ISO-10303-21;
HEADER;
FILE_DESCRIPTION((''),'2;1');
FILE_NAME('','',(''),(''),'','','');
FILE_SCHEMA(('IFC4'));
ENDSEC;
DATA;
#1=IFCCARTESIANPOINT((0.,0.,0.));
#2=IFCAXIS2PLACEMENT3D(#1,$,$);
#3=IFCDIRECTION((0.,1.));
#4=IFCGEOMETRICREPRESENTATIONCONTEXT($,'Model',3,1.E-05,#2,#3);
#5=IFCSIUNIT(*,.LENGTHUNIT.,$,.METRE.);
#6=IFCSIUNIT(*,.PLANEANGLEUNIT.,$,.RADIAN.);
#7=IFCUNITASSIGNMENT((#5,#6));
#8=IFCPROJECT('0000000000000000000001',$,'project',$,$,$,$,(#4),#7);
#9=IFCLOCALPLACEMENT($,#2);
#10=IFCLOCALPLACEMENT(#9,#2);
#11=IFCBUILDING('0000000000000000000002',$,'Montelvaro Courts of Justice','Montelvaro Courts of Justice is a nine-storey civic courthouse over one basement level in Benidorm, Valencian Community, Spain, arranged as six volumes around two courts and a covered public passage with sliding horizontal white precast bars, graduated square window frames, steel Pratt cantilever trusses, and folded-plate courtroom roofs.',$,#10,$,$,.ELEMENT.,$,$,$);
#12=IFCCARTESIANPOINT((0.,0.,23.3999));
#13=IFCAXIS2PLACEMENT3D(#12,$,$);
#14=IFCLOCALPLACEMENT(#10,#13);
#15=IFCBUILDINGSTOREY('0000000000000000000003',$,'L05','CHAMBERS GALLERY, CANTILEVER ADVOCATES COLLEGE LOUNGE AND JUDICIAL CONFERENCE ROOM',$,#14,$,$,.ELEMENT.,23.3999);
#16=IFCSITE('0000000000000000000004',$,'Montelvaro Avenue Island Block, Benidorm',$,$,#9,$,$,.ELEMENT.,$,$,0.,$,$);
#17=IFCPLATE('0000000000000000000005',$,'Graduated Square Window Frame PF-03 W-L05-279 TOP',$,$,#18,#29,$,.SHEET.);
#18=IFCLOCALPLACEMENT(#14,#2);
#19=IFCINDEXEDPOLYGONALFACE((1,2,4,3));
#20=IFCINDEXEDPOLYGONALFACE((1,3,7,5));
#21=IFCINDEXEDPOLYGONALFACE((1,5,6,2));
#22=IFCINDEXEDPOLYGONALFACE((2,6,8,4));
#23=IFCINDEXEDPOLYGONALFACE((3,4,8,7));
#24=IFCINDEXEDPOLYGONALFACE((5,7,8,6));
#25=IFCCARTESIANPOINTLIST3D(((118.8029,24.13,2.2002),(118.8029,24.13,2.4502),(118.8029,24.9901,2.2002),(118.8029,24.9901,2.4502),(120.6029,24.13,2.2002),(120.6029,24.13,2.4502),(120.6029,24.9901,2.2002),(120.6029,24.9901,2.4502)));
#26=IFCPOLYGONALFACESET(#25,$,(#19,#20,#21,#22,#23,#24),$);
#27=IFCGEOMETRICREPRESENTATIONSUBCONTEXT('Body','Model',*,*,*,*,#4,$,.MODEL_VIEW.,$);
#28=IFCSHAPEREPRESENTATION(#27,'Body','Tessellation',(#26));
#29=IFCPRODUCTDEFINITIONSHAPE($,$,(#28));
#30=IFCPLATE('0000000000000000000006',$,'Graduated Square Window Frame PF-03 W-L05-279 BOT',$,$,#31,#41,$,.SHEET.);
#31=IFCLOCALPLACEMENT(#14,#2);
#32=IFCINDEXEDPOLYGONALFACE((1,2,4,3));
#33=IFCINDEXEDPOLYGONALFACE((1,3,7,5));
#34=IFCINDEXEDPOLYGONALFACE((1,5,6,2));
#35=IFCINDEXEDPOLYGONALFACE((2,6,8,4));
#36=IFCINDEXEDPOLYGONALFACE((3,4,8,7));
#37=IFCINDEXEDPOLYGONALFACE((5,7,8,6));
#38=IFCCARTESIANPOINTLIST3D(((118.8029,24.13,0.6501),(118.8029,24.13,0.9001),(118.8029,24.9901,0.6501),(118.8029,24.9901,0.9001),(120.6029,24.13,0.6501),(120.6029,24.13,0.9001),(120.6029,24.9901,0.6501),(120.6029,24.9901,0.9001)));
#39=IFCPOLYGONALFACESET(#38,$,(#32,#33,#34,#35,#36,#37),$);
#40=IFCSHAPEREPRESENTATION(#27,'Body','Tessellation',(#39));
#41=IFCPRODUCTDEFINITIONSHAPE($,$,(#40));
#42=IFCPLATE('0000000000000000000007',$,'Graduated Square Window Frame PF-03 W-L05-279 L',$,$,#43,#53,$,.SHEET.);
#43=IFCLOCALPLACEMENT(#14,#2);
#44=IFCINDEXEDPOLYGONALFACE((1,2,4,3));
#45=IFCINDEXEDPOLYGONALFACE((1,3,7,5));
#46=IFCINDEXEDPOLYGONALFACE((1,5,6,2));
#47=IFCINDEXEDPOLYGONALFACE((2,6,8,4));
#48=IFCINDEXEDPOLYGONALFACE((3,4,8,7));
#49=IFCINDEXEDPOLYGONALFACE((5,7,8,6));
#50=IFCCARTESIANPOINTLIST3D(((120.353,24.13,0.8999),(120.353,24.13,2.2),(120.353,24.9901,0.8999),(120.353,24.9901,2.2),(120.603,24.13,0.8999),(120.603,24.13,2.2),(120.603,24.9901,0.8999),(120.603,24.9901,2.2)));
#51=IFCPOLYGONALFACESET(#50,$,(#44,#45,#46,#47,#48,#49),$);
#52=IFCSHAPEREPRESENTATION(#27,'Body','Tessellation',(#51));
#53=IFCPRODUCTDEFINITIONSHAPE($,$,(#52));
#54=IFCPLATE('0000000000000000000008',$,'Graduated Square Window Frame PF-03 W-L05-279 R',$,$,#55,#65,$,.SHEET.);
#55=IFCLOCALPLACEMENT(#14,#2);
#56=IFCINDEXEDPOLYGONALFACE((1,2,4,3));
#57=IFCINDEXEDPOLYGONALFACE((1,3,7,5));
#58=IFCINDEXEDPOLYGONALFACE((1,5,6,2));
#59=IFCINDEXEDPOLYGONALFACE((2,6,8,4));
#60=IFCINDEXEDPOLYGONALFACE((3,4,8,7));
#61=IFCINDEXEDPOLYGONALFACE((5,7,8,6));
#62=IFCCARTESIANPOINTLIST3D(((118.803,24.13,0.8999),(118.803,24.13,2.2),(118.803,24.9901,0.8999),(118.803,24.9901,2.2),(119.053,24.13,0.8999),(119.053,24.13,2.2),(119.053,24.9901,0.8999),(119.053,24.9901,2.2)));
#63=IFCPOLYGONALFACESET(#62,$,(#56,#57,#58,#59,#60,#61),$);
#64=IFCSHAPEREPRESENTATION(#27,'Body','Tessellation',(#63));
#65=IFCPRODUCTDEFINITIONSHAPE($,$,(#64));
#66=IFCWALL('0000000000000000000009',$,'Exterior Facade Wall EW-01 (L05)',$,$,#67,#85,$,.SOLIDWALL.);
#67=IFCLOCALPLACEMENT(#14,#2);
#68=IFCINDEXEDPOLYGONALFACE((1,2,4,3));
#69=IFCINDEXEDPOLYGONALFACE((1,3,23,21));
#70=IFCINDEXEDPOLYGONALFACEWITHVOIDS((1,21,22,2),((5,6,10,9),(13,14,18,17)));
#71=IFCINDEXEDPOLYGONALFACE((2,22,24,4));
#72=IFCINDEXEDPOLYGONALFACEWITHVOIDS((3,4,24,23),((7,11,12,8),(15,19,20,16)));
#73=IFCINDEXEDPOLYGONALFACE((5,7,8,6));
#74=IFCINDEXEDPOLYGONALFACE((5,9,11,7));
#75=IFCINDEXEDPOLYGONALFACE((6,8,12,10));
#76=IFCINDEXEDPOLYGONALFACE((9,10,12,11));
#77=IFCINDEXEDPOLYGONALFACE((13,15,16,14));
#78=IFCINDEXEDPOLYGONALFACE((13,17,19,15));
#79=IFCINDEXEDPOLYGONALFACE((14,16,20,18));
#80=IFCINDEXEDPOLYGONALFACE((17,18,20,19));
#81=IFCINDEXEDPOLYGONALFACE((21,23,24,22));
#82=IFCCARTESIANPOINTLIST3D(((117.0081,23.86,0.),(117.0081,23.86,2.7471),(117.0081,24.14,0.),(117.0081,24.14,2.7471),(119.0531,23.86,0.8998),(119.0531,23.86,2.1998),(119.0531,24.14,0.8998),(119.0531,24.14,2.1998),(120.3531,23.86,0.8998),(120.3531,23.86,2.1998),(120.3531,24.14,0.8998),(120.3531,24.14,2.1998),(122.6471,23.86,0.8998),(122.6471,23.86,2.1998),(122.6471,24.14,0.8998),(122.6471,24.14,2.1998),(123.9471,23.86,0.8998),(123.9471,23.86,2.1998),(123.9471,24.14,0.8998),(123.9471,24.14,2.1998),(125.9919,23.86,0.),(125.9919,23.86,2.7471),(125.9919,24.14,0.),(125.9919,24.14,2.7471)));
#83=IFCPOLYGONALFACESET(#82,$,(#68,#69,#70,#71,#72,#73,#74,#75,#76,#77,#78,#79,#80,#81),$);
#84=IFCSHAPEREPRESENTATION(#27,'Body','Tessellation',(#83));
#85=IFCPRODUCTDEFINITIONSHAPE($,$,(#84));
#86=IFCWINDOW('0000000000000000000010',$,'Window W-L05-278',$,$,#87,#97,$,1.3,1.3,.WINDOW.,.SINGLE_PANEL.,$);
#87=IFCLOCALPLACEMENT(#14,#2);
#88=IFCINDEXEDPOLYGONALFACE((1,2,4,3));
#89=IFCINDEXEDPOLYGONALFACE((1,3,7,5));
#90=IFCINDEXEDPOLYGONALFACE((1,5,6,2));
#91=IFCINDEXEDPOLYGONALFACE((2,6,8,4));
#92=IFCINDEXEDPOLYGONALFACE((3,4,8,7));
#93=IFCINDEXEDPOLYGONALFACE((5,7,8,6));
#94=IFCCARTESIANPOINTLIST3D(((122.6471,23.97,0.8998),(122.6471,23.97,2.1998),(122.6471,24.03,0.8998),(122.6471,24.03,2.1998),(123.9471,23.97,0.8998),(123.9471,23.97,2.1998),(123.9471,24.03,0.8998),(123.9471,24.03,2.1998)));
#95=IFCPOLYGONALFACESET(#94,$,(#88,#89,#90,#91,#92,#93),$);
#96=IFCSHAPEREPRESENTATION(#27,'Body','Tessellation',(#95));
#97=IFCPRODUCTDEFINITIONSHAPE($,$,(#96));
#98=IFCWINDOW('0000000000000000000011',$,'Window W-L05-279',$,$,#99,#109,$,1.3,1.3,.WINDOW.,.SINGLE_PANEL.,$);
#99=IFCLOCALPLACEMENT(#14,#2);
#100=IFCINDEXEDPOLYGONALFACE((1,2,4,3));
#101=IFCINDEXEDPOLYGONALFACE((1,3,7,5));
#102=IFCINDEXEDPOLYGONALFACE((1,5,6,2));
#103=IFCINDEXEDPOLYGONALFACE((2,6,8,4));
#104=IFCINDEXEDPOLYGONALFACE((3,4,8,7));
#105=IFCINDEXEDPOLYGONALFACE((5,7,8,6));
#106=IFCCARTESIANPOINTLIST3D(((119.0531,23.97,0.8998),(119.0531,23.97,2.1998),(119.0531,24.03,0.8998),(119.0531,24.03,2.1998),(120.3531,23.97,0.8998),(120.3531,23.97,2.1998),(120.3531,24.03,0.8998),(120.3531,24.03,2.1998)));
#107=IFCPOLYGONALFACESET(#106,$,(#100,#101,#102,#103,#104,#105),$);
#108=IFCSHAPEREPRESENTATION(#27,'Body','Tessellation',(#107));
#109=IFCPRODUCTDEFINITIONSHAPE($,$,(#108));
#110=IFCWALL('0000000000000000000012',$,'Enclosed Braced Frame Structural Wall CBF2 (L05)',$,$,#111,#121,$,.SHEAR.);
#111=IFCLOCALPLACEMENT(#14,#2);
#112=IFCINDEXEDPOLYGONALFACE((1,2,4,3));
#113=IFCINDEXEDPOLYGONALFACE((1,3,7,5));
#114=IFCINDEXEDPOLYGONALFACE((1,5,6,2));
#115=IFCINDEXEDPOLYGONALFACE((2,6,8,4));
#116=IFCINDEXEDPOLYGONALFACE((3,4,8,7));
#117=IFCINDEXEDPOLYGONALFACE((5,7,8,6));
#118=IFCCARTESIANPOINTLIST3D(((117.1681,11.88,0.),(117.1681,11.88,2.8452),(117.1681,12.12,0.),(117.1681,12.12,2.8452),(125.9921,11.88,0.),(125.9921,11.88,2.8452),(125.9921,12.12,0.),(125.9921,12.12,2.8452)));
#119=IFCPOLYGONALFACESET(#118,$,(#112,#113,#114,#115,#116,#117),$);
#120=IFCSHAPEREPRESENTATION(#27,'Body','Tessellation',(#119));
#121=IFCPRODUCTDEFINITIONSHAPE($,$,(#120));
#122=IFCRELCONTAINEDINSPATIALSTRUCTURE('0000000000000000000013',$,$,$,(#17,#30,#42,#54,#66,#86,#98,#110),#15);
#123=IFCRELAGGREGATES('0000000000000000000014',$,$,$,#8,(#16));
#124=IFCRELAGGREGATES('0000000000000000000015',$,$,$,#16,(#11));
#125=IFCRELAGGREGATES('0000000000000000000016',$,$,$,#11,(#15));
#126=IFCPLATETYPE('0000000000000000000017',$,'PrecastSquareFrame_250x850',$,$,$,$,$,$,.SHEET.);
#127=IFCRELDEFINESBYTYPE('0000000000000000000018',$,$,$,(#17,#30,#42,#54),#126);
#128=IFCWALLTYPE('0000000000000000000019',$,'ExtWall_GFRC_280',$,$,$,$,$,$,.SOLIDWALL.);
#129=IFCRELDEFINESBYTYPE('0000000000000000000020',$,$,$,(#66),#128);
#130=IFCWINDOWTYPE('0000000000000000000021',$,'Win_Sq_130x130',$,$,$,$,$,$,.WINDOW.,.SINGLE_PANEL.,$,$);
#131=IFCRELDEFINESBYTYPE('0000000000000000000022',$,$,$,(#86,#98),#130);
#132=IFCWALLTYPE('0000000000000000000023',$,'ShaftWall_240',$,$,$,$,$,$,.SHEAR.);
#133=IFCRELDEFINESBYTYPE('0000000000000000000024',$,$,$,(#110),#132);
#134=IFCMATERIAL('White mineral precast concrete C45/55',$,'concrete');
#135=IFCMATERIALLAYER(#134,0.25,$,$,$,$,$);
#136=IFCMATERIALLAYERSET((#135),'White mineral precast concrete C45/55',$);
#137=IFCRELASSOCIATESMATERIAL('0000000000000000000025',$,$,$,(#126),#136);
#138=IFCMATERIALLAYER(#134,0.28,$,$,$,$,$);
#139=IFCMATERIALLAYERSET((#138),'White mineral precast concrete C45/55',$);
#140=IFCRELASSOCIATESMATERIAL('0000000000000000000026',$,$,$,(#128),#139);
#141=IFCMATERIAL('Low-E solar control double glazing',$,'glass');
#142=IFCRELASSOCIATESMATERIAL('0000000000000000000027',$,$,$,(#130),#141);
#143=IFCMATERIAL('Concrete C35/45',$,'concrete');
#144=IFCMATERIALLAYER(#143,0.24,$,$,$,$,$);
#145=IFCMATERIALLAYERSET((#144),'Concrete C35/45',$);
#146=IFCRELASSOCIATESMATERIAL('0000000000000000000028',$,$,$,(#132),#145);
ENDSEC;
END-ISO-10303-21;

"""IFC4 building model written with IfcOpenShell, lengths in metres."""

from ifc_helpers import new_model, si_unit, direction, frame, frame_2d, origin, origin_2d, place, context, subcontext, project, spatial, rectangle, extrude, material, layer, layer_set, type_object, element, fill, save


model = new_model("IFC4")

# Units and contexts
model_context = context("Model", 3, precision=1e-05, world=origin(), true_north=direction((0.0, 1.0)))
body_context = subcontext(model_context, "Body", "Model", "MODEL_VIEW")
ifc_project = project(units=[si_unit("LENGTHUNIT", "METRE"), si_unit("PLANEANGLEUNIT", "RADIAN")], contexts=[model_context])

# Site, building, storey
site_placement = place(None, origin())
site = spatial("IfcSite", under=ifc_project, at=site_placement, Name="Montelvaro Avenue Island Block, Benidorm", CompositionType="ELEMENT", RefElevation=0.0)
building_placement = place(site_placement, origin())
building = spatial("IfcBuilding", under=site, at=building_placement, Name="Montelvaro Courts of Justice", Description="Montelvaro Courts of Justice is a nine-storey civic courthouse over one basement level in Benidorm, Valencian Community, Spain, arranged as six volumes around two courts and a covered public passage with sliding horizontal white precast bars, graduated square window frames, steel Pratt cantilever trusses, and folded-plate courtroom roofs.", CompositionType="ELEMENT")
storey_placement = place(building_placement, frame((0.0, 0.0, 23.3999)))
storey = spatial("IfcBuildingStorey", under=building, at=storey_placement, Name="L05", Description="CHAMBERS GALLERY, CANTILEVER ADVOCATES COLLEGE LOUNGE AND JUDICIAL CONFERENCE ROOM", CompositionType="ELEMENT", Elevation=23.3999)

# Plates
ifc_material_1 = material(Name="White mineral precast concrete C45/55", Category="concrete")
ifc_layer_1 = layer(ifc_material_1, 0.25)
ifc_layer_set_1 = layer_set([ifc_layer_1], Name="White mineral precast concrete C45/55")
plate_type_1 = type_object("IfcPlateType", Name="PrecastSquareFrame_250x850", PredefinedType="SHEET", material=ifc_layer_set_1)
for number, where, z_axis, x_axis, name in (
    (1, (119.7029, 24.5601, 2.2002), (0.0, 0.0, 1.0), (-1.0, 0.0, 0.0), "Graduated Square Window Frame PF-03 W-L05-279 TOP"),
    (2, (119.7029, 24.5601, 0.6501), (0.0, 0.0, 1.0), (-1.0, 0.0, 0.0), "Graduated Square Window Frame PF-03 W-L05-279 BOT"),
):
    element("IfcPlate", number, at=place(storey_placement, frame(where, z_axis=z_axis, x_axis=x_axis)), inside=storey, type_object=plate_type_1, Name=name, PredefinedType="SHEET", context=body_context, shape_type="SweptSolid", body=[
        extrude(rectangle(XDim=1.8, YDim=0.8601, at=origin_2d()), origin(), (0.0, 0.0, 1.0), 0.25),
    ])
for number, where, z_axis, x_axis, name in (
    (3, (120.478, 24.5601, 0.8999), (0.0, 0.0, 1.0), (-1.0, 0.0, 0.0), "Graduated Square Window Frame PF-03 W-L05-279 L"),
    (4, (118.928, 24.5601, 0.8999), (0.0, 0.0, 1.0), (-1.0, 0.0, 0.0), "Graduated Square Window Frame PF-03 W-L05-279 R"),
):
    element("IfcPlate", number, at=place(storey_placement, frame(where, z_axis=z_axis, x_axis=x_axis)), inside=storey, type_object=plate_type_1, Name=name, PredefinedType="SHEET", context=body_context, shape_type="SweptSolid", body=[
        extrude(rectangle(XDim=0.25, YDim=0.8601, at=origin_2d()), origin(), (0.0, 0.0, 1.0), 1.3),
    ])

# Wall, openings, windows
ifc_layer_2 = layer(ifc_material_1, 0.28)
ifc_layer_set_2 = layer_set([ifc_layer_2], Name="White mineral precast concrete C45/55")
wall_type_1 = type_object("IfcWallType", Name="ExtWall_GFRC_280", PredefinedType="SOLIDWALL", material=ifc_layer_set_2)
wall_1_placement = place(storey_placement, frame((125.9919, 24.0, 0.0), z_axis=(0.0, 0.0, 1.0), x_axis=(-1.0, 0.0, 0.0)))
wall_1 = element("IfcWall", 5, at=wall_1_placement, inside=storey, type_object=wall_type_1, Name="Exterior Facade Wall EW-01 (L05)", PredefinedType="SOLIDWALL", context=body_context, shape_type="SweptSolid", body=[
    extrude(rectangle(XDim=8.9839, YDim=0.28, at=frame_2d((4.4919, 0.0))), origin(), (0.0, 0.0, 1.0), 2.7471),
])
opening_1_placement = place(wall_1_placement, frame((2.0449, 0.0, 0.8999)))
opening_1 = element("IfcOpeningElement", 6, at=opening_1_placement, cuts=wall_1, PredefinedType="OPENING", context=body_context, shape_type="SweptSolid", body=[
    extrude(rectangle(XDim=1.3, YDim=1.3, at=frame_2d((0.6499, 0.6499))), frame((0.0, 0.1548, 0.0), z_axis=(0.0, -1.0, 0.0), x_axis=(1.0, 0.0, 0.0)), (0.0, 0.0, 1.0), 0.3098),
])
opening_2_placement = place(wall_1_placement, frame((5.6389, 0.0, 0.8999)))
opening_2 = element("IfcOpeningElement", 7, at=opening_2_placement, cuts=wall_1, PredefinedType="OPENING", context=body_context, shape_type="SweptSolid", body=[
    extrude(rectangle(XDim=1.3, YDim=1.3, at=frame_2d((0.6499, 0.6499))), frame((0.0, 0.1548, 0.0), z_axis=(0.0, -1.0, 0.0), x_axis=(1.0, 0.0, 0.0)), (0.0, 0.0, 1.0), 0.3098),
])
ifc_material_2 = material(Name="Low-E solar control double glazing", Category="glass")
window_type = type_object("IfcWindowType", Name="Win_Sq_130x130", PartitioningType="SINGLE_PANEL", PredefinedType="WINDOW", material=ifc_material_2)
window_1_placement = place(opening_1_placement, origin())
window_1 = element("IfcWindow", 8, at=window_1_placement, inside=storey, type_object=window_type, Name="Window W-L05-278", OverallHeight=1.3, OverallWidth=1.3, PartitioningType="SINGLE_PANEL", PredefinedType="WINDOW", context=body_context, shape_type="SweptSolid", body=[
    extrude(rectangle(XDim=1.3, YDim=1.3, at=frame_2d((0.6499, 0.6499))), frame((0.0, 0.03, 0.0), z_axis=(0.0, -1.0, 0.0), x_axis=(1.0, 0.0, 0.0)), (0.0, 0.0, 1.0), 0.0601),
])
fill(opening_1, window_1)
window_2_placement = place(opening_2_placement, origin())
window_2 = element("IfcWindow", 9, at=window_2_placement, inside=storey, type_object=window_type, Name="Window W-L05-279", OverallHeight=1.3, OverallWidth=1.3, PartitioningType="SINGLE_PANEL", PredefinedType="WINDOW", context=body_context, shape_type="SweptSolid", body=[
    extrude(rectangle(XDim=1.3, YDim=1.3, at=frame_2d((0.6499, 0.6499))), frame((0.0, 0.03, 0.0), z_axis=(0.0, -1.0, 0.0), x_axis=(1.0, 0.0, 0.0)), (0.0, 0.0, 1.0), 0.0601),
])
fill(opening_2, window_2)

# Wall
ifc_material_3 = material(Name="Concrete C35/45", Category="concrete")
ifc_layer_3 = layer(ifc_material_3, 0.24)
ifc_layer_set_3 = layer_set([ifc_layer_3], Name="Concrete C35/45")
wall_type_2 = type_object("IfcWallType", Name="ShaftWall_240", PredefinedType="SHEAR", material=ifc_layer_set_3)
wall_2_placement = place(storey_placement, frame((117.168, 12.0, 0.0), z_axis=(0.0, 0.0, 1.0), x_axis=(1.0, 0.0, 0.0)))
element("IfcWall", 10, at=wall_2_placement, inside=storey, type_object=wall_type_2, Name="Enclosed Braced Frame Structural Wall CBF2 (L05)", PredefinedType="SHEAR", context=body_context, shape_type="SweptSolid", body=[
    extrude(rectangle(XDim=8.824, YDim=0.24, at=frame_2d((4.4121, 0.0))), origin(), (0.0, 0.0, 1.0), 2.8452),
])

save(model, "model.ifc")
